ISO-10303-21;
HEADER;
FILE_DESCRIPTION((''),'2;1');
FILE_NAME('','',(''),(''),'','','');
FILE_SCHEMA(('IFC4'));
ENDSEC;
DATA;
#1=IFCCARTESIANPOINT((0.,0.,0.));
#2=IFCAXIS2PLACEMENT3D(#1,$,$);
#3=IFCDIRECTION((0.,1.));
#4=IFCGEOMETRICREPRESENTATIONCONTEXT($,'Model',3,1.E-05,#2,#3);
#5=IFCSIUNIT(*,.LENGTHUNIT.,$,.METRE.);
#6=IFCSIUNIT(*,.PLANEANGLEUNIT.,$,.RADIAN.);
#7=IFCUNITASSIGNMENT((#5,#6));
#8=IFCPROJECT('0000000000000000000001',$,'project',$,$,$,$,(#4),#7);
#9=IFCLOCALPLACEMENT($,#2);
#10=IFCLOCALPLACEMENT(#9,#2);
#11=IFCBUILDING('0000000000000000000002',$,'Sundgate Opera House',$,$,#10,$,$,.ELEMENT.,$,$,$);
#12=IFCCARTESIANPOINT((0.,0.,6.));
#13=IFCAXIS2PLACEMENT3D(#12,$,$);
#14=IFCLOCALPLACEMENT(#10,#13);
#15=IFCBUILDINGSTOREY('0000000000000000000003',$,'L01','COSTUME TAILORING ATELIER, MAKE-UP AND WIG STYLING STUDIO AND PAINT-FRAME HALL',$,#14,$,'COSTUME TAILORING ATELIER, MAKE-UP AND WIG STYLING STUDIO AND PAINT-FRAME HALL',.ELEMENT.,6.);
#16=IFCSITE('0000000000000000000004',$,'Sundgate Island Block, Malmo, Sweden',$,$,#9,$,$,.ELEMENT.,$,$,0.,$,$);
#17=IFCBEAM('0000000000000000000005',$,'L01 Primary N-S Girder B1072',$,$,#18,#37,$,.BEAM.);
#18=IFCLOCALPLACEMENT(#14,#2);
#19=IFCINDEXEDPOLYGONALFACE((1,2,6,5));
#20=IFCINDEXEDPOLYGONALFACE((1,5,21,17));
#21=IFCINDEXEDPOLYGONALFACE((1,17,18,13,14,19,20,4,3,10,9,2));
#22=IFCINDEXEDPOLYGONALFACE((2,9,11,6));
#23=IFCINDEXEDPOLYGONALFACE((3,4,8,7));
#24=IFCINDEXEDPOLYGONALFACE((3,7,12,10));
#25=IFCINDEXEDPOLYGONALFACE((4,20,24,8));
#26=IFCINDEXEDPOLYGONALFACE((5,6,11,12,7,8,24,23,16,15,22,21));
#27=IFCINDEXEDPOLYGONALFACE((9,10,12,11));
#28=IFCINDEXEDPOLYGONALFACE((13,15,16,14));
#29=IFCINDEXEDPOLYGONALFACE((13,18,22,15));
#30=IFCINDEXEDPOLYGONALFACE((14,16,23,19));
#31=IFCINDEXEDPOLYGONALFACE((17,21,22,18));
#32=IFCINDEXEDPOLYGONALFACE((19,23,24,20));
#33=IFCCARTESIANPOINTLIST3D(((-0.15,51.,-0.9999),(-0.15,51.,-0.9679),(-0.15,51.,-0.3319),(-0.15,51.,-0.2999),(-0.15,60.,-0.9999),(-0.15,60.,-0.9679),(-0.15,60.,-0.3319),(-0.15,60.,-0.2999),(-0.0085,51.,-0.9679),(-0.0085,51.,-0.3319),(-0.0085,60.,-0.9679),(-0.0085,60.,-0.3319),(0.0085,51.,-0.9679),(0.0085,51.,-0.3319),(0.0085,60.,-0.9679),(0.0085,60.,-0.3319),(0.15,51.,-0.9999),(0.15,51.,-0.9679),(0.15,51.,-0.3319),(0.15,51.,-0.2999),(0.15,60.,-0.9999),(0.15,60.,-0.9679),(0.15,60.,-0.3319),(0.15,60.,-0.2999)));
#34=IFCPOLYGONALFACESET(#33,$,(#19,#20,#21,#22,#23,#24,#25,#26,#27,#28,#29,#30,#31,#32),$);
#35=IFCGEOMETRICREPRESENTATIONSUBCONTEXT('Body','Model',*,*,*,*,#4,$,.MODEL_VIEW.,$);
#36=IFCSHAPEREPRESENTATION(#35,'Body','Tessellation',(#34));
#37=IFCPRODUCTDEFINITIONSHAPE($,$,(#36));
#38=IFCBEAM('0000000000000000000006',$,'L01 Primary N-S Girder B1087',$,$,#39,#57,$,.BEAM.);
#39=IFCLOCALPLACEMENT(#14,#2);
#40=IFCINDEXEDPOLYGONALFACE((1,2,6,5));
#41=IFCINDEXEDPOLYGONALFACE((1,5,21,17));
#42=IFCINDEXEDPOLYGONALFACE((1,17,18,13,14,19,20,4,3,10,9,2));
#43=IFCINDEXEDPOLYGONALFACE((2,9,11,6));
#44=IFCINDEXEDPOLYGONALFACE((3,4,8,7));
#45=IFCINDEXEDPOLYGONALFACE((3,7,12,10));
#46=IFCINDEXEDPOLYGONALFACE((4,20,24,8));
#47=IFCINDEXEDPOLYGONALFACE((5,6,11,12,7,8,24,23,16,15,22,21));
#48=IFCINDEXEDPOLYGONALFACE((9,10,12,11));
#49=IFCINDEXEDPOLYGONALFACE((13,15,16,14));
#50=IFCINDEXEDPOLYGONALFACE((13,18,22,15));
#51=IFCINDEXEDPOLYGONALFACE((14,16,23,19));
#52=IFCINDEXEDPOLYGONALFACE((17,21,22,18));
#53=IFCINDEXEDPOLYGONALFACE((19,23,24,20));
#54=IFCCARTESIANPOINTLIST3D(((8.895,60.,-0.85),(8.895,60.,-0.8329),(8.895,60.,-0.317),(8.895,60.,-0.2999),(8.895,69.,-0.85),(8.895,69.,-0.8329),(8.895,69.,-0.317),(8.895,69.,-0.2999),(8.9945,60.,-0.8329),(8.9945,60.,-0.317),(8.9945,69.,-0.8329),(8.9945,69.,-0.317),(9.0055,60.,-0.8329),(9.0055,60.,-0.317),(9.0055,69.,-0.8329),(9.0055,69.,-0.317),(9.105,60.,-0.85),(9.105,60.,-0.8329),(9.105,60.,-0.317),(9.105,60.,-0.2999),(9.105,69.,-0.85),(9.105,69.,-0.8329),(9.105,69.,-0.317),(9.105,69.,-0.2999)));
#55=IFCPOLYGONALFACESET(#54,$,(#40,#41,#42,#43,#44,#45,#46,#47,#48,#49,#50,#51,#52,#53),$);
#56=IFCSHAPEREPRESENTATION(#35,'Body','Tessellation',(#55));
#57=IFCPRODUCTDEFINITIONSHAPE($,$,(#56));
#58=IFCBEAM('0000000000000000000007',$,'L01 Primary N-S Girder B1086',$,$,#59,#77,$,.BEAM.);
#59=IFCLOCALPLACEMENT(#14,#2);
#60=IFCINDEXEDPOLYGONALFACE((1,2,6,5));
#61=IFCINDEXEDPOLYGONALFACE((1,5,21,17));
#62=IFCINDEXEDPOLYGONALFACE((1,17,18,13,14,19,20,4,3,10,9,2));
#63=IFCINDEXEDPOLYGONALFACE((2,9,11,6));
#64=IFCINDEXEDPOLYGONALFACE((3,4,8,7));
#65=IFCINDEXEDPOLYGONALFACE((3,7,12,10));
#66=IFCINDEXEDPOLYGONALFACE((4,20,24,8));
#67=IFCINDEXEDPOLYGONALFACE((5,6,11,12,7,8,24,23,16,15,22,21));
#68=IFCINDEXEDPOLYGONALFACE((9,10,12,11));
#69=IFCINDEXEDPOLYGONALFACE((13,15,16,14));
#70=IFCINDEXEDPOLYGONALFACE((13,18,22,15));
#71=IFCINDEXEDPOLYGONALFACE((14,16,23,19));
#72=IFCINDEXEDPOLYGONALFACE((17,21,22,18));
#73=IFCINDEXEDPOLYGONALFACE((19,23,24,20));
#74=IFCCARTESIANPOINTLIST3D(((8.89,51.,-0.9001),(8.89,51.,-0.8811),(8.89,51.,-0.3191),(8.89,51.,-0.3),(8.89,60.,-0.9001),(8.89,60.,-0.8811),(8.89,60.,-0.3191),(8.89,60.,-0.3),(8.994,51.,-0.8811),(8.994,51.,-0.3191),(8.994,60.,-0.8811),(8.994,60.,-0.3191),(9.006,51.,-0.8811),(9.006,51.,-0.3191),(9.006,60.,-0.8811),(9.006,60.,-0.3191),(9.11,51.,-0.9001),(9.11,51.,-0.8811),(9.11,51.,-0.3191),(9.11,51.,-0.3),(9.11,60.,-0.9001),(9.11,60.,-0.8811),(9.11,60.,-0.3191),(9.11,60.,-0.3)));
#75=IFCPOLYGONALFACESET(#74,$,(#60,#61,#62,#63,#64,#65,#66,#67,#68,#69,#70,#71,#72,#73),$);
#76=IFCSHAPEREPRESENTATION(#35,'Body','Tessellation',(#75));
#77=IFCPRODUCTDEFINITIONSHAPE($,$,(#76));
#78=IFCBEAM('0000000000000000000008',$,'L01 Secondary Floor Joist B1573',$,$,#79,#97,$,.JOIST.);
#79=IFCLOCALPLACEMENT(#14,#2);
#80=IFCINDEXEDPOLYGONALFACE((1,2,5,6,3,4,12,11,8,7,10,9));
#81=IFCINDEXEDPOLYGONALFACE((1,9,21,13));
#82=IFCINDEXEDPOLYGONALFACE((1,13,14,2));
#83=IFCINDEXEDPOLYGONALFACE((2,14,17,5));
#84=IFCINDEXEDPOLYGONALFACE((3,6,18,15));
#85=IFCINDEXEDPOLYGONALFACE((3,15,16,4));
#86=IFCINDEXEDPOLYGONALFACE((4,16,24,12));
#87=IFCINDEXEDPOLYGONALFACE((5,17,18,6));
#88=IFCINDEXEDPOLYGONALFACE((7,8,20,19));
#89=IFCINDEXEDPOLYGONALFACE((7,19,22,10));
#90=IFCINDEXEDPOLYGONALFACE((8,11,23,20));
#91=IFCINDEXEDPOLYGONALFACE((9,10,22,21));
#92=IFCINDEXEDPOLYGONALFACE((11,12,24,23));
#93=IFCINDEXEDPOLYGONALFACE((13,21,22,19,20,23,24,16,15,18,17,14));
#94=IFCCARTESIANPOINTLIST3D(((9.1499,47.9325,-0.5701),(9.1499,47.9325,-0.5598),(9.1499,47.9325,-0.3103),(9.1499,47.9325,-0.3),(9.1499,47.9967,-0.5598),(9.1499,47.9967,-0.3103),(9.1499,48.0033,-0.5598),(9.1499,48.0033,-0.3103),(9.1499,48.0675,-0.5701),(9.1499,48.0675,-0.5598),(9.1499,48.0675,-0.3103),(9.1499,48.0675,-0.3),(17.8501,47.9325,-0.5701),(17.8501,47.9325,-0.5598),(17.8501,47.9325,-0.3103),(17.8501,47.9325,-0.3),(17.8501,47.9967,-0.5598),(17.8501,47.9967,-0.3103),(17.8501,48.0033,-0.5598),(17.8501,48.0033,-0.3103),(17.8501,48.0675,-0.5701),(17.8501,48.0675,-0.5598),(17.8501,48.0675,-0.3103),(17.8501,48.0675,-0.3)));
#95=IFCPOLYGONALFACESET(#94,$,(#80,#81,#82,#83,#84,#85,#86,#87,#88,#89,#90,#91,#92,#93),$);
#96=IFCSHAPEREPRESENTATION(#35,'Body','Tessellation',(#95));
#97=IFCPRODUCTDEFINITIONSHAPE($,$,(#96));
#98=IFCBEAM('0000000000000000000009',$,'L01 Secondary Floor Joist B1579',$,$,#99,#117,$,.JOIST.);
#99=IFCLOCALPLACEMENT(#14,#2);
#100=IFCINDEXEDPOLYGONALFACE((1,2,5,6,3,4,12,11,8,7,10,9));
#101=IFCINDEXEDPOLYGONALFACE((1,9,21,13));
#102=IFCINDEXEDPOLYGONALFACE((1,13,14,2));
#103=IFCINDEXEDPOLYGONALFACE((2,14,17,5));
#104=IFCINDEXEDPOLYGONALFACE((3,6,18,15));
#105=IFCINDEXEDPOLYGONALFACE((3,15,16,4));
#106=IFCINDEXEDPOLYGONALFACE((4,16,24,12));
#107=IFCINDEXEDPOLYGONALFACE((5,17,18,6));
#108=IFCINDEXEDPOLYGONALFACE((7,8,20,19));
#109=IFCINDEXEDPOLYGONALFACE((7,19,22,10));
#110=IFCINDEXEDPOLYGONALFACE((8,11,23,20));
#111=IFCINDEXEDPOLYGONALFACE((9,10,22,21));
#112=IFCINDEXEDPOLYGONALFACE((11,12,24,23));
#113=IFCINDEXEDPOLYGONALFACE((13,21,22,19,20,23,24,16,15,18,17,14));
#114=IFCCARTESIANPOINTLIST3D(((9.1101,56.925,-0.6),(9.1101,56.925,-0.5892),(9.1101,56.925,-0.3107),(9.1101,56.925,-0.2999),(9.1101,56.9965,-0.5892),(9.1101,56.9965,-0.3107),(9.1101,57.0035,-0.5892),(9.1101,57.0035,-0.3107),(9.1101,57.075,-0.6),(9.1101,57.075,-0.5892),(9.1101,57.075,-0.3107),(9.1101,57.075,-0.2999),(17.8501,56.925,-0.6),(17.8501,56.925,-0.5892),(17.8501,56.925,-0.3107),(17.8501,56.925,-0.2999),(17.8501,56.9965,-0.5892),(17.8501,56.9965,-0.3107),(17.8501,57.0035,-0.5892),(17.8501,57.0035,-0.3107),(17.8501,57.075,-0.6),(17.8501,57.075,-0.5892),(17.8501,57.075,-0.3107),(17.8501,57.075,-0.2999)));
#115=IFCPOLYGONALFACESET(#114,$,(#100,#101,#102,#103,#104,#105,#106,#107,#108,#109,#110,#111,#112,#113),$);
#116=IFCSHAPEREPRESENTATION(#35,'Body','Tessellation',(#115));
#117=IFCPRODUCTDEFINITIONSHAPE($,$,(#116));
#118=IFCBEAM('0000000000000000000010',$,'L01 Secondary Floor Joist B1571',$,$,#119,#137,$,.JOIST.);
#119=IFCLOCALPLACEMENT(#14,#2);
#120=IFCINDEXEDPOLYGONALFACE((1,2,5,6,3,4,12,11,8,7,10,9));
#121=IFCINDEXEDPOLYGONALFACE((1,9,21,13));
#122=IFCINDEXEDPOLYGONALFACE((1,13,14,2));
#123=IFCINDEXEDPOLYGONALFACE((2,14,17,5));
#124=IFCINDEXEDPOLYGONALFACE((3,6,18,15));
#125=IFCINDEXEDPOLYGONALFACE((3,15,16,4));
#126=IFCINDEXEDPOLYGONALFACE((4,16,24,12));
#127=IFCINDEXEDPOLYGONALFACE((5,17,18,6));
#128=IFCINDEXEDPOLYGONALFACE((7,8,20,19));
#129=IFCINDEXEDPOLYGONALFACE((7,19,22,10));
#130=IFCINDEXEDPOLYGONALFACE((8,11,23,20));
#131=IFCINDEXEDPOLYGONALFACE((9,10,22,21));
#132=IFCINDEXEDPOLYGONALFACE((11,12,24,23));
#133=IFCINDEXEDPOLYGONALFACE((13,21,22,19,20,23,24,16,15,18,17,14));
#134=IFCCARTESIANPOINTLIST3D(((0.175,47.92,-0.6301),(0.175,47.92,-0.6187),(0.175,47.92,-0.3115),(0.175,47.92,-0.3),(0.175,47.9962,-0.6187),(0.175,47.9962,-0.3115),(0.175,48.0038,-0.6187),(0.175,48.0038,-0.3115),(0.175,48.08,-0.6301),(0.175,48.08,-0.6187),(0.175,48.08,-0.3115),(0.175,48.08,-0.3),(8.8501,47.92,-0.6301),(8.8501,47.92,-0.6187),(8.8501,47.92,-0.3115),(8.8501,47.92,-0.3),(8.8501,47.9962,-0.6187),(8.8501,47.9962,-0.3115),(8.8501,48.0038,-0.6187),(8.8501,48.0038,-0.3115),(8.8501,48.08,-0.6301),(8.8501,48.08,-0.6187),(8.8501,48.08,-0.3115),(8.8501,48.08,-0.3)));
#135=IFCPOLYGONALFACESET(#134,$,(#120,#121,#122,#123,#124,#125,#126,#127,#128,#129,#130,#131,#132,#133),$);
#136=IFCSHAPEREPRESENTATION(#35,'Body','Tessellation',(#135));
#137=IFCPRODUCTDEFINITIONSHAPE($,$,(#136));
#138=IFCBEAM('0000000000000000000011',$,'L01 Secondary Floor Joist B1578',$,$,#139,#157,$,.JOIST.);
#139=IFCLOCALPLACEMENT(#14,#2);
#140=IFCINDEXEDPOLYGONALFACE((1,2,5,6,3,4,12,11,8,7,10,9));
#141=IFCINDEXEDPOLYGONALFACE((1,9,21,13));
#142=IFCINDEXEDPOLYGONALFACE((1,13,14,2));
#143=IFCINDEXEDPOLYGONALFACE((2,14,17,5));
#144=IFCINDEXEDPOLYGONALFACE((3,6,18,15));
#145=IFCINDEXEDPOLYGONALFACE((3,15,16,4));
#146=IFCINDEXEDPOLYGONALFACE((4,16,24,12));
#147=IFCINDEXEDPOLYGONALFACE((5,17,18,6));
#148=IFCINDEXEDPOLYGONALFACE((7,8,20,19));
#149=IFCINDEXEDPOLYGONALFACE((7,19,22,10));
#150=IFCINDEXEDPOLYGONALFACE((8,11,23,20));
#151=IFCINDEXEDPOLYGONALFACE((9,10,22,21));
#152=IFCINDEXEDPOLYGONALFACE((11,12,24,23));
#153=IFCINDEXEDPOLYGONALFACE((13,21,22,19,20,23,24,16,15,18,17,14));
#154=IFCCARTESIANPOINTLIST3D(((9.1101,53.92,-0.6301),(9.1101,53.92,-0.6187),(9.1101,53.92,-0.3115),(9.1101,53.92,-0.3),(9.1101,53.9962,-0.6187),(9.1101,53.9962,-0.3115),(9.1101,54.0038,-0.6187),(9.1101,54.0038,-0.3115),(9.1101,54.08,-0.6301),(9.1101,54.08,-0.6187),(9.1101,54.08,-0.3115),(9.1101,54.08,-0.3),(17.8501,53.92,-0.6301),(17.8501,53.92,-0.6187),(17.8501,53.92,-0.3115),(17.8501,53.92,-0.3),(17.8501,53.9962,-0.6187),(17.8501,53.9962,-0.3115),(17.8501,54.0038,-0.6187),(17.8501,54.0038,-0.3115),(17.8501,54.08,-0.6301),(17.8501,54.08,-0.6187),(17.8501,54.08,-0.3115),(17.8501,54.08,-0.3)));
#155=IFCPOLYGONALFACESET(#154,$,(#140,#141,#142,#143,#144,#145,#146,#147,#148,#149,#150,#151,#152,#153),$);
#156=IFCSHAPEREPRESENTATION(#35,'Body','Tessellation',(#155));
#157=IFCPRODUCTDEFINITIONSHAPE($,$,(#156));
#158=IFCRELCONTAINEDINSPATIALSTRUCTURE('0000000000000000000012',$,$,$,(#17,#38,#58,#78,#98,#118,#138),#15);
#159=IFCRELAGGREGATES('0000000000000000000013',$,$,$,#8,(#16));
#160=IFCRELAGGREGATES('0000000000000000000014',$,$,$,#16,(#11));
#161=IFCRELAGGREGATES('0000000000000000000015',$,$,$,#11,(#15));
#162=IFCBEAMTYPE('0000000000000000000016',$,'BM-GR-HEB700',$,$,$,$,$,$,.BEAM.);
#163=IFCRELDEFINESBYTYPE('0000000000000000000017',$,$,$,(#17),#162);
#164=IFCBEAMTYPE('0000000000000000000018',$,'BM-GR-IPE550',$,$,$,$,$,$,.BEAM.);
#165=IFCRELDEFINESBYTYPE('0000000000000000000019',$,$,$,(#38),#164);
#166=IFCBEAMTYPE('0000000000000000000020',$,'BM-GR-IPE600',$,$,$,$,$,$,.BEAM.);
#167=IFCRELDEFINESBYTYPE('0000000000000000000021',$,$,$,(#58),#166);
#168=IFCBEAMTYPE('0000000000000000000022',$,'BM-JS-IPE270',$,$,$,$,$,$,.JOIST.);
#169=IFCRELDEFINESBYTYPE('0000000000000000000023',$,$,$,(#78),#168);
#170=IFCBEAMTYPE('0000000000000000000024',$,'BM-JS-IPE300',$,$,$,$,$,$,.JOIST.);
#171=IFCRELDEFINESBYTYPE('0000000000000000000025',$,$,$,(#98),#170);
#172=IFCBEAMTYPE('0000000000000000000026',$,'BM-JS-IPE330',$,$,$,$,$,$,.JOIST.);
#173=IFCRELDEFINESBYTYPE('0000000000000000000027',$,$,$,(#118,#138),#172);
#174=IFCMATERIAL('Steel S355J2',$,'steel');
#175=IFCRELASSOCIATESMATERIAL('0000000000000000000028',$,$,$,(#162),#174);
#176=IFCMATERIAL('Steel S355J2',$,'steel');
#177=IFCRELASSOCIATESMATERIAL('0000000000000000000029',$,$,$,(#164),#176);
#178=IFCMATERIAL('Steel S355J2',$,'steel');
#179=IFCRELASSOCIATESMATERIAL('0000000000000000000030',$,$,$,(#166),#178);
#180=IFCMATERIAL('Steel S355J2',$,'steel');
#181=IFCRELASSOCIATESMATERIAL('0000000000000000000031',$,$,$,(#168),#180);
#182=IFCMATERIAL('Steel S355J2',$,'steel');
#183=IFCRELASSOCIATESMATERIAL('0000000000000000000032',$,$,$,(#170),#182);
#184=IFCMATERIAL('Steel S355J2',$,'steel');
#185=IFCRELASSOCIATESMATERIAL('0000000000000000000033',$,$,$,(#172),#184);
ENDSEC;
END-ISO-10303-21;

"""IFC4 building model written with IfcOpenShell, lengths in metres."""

from ifc_helpers import new_model, si_unit, direction, frame, origin, origin_2d, place, context, subcontext, project, spatial, i_section, extrude, material, material_profile, profile_set, type_object, element, save


model = new_model("IFC4")

# Units and contexts
model_context = context("Model", 3, precision=1e-05, world=origin(), true_north=direction((0.0, 1.0)))
body_context = subcontext(model_context, "Body", "Model", "MODEL_VIEW")
ifc_project = project(units=[si_unit("LENGTHUNIT", "METRE"), si_unit("PLANEANGLEUNIT", "RADIAN")], contexts=[model_context])

# Site, building, storey
site_placement = place(None, origin())
site = spatial("IfcSite", under=ifc_project, at=site_placement, Name="Sundgate Island Block, Malmo, Sweden", CompositionType="ELEMENT", RefElevation=0.0)
building_placement = place(site_placement, origin())
building = spatial("IfcBuilding", under=site, at=building_placement, Name="Sundgate Opera House", CompositionType="ELEMENT")
storey_placement = place(building_placement, frame((0.0, 0.0, 6.0)))
storey = spatial("IfcBuildingStorey", under=building, at=storey_placement, Name="L01", Description="COSTUME TAILORING ATELIER, MAKE-UP AND WIG STYLING STUDIO AND PAINT-FRAME HALL", LongName="COSTUME TAILORING ATELIER, MAKE-UP AND WIG STYLING STUDIO AND PAINT-FRAME HALL", CompositionType="ELEMENT", Elevation=6.0)

# Beams
ifc_material_1 = material(Name="Steel S355J2", Category="steel")
ifc_material_profile_1 = material_profile(ifc_material_1, i_section(OverallWidth=0.3, OverallDepth=0.7, WebThickness=0.0171, FlangeThickness=0.032, at=origin_2d()), Name="HEB 700")
ifc_profile_set_1 = profile_set([ifc_material_profile_1], Name="Steel S355J2")
beam_type_1 = type_object("IfcBeamType", Name="BM-GR-HEB700", PredefinedType="BEAM", material=ifc_profile_set_1)
beam_1_placement = place(storey_placement, frame((0.0, 51.0, -0.6499), z_axis=(0.0, 1.0, 0.0), x_axis=(-1.0, 0.0, 0.0)))
element("IfcBeam", 1, at=beam_1_placement, inside=storey, type_object=beam_type_1, Name="L01 Primary N-S Girder B1072", PredefinedType="BEAM", context=body_context, shape_type="SweptSolid", body=[
    extrude(i_section(OverallWidth=0.3, OverallDepth=0.7, WebThickness=0.0171, FlangeThickness=0.032, at=origin_2d()), origin(), (0.0, 0.0, 1.0), 9.0),
])
ifc_material_2 = material(Name="Steel S355J2", Category="steel")
ifc_material_profile_2 = material_profile(ifc_material_2, i_section(OverallWidth=0.21, OverallDepth=0.55, WebThickness=0.011, FlangeThickness=0.0171, at=origin_2d()), Name="IPE 550")
ifc_profile_set_2 = profile_set([ifc_material_profile_2], Name="Steel S355J2")
beam_type_2 = type_object("IfcBeamType", Name="BM-GR-IPE550", PredefinedType="BEAM", material=ifc_profile_set_2)
beam_2_placement = place(storey_placement, frame((9.0, 60.0, -0.575), z_axis=(0.0, 1.0, 0.0), x_axis=(-1.0, 0.0, 0.0)))
element("IfcBeam", 2, at=beam_2_placement, inside=storey, type_object=beam_type_2, Name="L01 Primary N-S Girder B1087", PredefinedType="BEAM", context=body_context, shape_type="SweptSolid", body=[
    extrude(i_section(OverallWidth=0.21, OverallDepth=0.55, WebThickness=0.011, FlangeThickness=0.0171, at=origin_2d()), origin(), (0.0, 0.0, 1.0), 9.0),
])
ifc_material_3 = material(Name="Steel S355J2", Category="steel")
ifc_material_profile_3 = material_profile(ifc_material_3, i_section(OverallWidth=0.22, OverallDepth=0.6001, WebThickness=0.012, FlangeThickness=0.019, at=origin_2d()), Name="IPE 600")
ifc_profile_set_3 = profile_set([ifc_material_profile_3], Name="Steel S355J2")
beam_type_3 = type_object("IfcBeamType", Name="BM-GR-IPE600", PredefinedType="BEAM", material=ifc_profile_set_3)
beam_3_placement = place(storey_placement, frame((9.0, 51.0, -0.6001), z_axis=(0.0, 1.0, 0.0), x_axis=(-1.0, 0.0, 0.0)))
element("IfcBeam", 3, at=beam_3_placement, inside=storey, type_object=beam_type_3, Name="L01 Primary N-S Girder B1086", PredefinedType="BEAM", context=body_context, shape_type="SweptSolid", body=[
    extrude(i_section(OverallWidth=0.22, OverallDepth=0.6001, WebThickness=0.012, FlangeThickness=0.019, at=origin_2d()), origin(), (0.0, 0.0, 1.0), 9.0),
])
ifc_material_4 = material(Name="Steel S355J2", Category="steel")
ifc_material_profile_4 = material_profile(ifc_material_4, i_section(OverallWidth=0.135, OverallDepth=0.27, WebThickness=0.0066, FlangeThickness=0.0103, at=origin_2d()), Name="IPE 270")
ifc_profile_set_4 = profile_set([ifc_material_profile_4], Name="Steel S355J2")
beam_type_4 = type_object("IfcBeamType", Name="BM-JS-IPE270", PredefinedType="JOIST", material=ifc_profile_set_4)
beam_4_placement = place(storey_placement, frame((9.1499, 48.0, -0.4351), z_axis=(1.0, 0.0, 0.0), x_axis=(0.0, 1.0, 0.0)))
element("IfcBeam", 4, at=beam_4_placement, inside=storey, type_object=beam_type_4, Name="L01 Secondary Floor Joist B1573", PredefinedType="JOIST", context=body_context, shape_type="SweptSolid", body=[
    extrude(i_section(OverallWidth=0.135, OverallDepth=0.27, WebThickness=0.0066, FlangeThickness=0.0103, at=origin_2d()), origin(), (0.0, 0.0, 1.0), 8.7002),
])
ifc_material_5 = material(Name="Steel S355J2", Category="steel")
ifc_material_profile_5 = material_profile(ifc_material_5, i_section(OverallWidth=0.1499, OverallDepth=0.3, WebThickness=0.0071, FlangeThickness=0.0107, at=origin_2d()), Name="IPE 300")
ifc_profile_set_5 = profile_set([ifc_material_profile_5], Name="Steel S355J2")
beam_type_5 = type_object("IfcBeamType", Name="BM-JS-IPE300", PredefinedType="JOIST", material=ifc_profile_set_5)
beam_5_placement = place(storey_placement, frame((9.1101, 57.0, -0.45), z_axis=(1.0, 0.0, 0.0), x_axis=(0.0, 1.0, 0.0)))
element("IfcBeam", 5, at=beam_5_placement, inside=storey, type_object=beam_type_5, Name="L01 Secondary Floor Joist B1579", PredefinedType="JOIST", context=body_context, shape_type="SweptSolid", body=[
    extrude(i_section(OverallWidth=0.1499, OverallDepth=0.3, WebThickness=0.0071, FlangeThickness=0.0107, at=origin_2d()), origin(), (0.0, 0.0, 1.0), 8.74),
])
ifc_material_6 = material(Name="Steel S355J2", Category="steel")
ifc_material_profile_6 = material_profile(ifc_material_6, i_section(OverallWidth=0.1599, OverallDepth=0.3301, WebThickness=0.0076, FlangeThickness=0.0115, at=origin_2d()), Name="IPE 330")
ifc_profile_set_6 = profile_set([ifc_material_profile_6], Name="Steel S355J2")
beam_type_6 = type_object("IfcBeamType", Name="BM-JS-IPE330", PredefinedType="JOIST", material=ifc_profile_set_6)
beam_6_placement = place(storey_placement, frame((0.175, 48.0, -0.4651), z_axis=(1.0, 0.0, 0.0), x_axis=(0.0, 1.0, 0.0)))
element("IfcBeam", 6, at=beam_6_placement, inside=storey, type_object=beam_type_6, Name="L01 Secondary Floor Joist B1571", PredefinedType="JOIST", context=body_context, shape_type="SweptSolid", body=[
    extrude(i_section(OverallWidth=0.1599, OverallDepth=0.3301, WebThickness=0.0076, FlangeThickness=0.0115, at=origin_2d()), origin(), (0.0, 0.0, 1.0), 8.675),
])
beam_7_placement = place(storey_placement, frame((9.1101, 54.0, -0.4651), z_axis=(1.0, 0.0, 0.0), x_axis=(0.0, 1.0, 0.0)))
element("IfcBeam", 7, at=beam_7_placement, inside=storey, type_object=beam_type_6, Name="L01 Secondary Floor Joist B1578", PredefinedType="JOIST", context=body_context, shape_type="SweptSolid", body=[
    extrude(i_section(OverallWidth=0.1599, OverallDepth=0.3301, WebThickness=0.0076, FlangeThickness=0.0115, at=origin_2d()), origin(), (0.0, 0.0, 1.0), 8.74),
])

save(model, "model.ifc")
